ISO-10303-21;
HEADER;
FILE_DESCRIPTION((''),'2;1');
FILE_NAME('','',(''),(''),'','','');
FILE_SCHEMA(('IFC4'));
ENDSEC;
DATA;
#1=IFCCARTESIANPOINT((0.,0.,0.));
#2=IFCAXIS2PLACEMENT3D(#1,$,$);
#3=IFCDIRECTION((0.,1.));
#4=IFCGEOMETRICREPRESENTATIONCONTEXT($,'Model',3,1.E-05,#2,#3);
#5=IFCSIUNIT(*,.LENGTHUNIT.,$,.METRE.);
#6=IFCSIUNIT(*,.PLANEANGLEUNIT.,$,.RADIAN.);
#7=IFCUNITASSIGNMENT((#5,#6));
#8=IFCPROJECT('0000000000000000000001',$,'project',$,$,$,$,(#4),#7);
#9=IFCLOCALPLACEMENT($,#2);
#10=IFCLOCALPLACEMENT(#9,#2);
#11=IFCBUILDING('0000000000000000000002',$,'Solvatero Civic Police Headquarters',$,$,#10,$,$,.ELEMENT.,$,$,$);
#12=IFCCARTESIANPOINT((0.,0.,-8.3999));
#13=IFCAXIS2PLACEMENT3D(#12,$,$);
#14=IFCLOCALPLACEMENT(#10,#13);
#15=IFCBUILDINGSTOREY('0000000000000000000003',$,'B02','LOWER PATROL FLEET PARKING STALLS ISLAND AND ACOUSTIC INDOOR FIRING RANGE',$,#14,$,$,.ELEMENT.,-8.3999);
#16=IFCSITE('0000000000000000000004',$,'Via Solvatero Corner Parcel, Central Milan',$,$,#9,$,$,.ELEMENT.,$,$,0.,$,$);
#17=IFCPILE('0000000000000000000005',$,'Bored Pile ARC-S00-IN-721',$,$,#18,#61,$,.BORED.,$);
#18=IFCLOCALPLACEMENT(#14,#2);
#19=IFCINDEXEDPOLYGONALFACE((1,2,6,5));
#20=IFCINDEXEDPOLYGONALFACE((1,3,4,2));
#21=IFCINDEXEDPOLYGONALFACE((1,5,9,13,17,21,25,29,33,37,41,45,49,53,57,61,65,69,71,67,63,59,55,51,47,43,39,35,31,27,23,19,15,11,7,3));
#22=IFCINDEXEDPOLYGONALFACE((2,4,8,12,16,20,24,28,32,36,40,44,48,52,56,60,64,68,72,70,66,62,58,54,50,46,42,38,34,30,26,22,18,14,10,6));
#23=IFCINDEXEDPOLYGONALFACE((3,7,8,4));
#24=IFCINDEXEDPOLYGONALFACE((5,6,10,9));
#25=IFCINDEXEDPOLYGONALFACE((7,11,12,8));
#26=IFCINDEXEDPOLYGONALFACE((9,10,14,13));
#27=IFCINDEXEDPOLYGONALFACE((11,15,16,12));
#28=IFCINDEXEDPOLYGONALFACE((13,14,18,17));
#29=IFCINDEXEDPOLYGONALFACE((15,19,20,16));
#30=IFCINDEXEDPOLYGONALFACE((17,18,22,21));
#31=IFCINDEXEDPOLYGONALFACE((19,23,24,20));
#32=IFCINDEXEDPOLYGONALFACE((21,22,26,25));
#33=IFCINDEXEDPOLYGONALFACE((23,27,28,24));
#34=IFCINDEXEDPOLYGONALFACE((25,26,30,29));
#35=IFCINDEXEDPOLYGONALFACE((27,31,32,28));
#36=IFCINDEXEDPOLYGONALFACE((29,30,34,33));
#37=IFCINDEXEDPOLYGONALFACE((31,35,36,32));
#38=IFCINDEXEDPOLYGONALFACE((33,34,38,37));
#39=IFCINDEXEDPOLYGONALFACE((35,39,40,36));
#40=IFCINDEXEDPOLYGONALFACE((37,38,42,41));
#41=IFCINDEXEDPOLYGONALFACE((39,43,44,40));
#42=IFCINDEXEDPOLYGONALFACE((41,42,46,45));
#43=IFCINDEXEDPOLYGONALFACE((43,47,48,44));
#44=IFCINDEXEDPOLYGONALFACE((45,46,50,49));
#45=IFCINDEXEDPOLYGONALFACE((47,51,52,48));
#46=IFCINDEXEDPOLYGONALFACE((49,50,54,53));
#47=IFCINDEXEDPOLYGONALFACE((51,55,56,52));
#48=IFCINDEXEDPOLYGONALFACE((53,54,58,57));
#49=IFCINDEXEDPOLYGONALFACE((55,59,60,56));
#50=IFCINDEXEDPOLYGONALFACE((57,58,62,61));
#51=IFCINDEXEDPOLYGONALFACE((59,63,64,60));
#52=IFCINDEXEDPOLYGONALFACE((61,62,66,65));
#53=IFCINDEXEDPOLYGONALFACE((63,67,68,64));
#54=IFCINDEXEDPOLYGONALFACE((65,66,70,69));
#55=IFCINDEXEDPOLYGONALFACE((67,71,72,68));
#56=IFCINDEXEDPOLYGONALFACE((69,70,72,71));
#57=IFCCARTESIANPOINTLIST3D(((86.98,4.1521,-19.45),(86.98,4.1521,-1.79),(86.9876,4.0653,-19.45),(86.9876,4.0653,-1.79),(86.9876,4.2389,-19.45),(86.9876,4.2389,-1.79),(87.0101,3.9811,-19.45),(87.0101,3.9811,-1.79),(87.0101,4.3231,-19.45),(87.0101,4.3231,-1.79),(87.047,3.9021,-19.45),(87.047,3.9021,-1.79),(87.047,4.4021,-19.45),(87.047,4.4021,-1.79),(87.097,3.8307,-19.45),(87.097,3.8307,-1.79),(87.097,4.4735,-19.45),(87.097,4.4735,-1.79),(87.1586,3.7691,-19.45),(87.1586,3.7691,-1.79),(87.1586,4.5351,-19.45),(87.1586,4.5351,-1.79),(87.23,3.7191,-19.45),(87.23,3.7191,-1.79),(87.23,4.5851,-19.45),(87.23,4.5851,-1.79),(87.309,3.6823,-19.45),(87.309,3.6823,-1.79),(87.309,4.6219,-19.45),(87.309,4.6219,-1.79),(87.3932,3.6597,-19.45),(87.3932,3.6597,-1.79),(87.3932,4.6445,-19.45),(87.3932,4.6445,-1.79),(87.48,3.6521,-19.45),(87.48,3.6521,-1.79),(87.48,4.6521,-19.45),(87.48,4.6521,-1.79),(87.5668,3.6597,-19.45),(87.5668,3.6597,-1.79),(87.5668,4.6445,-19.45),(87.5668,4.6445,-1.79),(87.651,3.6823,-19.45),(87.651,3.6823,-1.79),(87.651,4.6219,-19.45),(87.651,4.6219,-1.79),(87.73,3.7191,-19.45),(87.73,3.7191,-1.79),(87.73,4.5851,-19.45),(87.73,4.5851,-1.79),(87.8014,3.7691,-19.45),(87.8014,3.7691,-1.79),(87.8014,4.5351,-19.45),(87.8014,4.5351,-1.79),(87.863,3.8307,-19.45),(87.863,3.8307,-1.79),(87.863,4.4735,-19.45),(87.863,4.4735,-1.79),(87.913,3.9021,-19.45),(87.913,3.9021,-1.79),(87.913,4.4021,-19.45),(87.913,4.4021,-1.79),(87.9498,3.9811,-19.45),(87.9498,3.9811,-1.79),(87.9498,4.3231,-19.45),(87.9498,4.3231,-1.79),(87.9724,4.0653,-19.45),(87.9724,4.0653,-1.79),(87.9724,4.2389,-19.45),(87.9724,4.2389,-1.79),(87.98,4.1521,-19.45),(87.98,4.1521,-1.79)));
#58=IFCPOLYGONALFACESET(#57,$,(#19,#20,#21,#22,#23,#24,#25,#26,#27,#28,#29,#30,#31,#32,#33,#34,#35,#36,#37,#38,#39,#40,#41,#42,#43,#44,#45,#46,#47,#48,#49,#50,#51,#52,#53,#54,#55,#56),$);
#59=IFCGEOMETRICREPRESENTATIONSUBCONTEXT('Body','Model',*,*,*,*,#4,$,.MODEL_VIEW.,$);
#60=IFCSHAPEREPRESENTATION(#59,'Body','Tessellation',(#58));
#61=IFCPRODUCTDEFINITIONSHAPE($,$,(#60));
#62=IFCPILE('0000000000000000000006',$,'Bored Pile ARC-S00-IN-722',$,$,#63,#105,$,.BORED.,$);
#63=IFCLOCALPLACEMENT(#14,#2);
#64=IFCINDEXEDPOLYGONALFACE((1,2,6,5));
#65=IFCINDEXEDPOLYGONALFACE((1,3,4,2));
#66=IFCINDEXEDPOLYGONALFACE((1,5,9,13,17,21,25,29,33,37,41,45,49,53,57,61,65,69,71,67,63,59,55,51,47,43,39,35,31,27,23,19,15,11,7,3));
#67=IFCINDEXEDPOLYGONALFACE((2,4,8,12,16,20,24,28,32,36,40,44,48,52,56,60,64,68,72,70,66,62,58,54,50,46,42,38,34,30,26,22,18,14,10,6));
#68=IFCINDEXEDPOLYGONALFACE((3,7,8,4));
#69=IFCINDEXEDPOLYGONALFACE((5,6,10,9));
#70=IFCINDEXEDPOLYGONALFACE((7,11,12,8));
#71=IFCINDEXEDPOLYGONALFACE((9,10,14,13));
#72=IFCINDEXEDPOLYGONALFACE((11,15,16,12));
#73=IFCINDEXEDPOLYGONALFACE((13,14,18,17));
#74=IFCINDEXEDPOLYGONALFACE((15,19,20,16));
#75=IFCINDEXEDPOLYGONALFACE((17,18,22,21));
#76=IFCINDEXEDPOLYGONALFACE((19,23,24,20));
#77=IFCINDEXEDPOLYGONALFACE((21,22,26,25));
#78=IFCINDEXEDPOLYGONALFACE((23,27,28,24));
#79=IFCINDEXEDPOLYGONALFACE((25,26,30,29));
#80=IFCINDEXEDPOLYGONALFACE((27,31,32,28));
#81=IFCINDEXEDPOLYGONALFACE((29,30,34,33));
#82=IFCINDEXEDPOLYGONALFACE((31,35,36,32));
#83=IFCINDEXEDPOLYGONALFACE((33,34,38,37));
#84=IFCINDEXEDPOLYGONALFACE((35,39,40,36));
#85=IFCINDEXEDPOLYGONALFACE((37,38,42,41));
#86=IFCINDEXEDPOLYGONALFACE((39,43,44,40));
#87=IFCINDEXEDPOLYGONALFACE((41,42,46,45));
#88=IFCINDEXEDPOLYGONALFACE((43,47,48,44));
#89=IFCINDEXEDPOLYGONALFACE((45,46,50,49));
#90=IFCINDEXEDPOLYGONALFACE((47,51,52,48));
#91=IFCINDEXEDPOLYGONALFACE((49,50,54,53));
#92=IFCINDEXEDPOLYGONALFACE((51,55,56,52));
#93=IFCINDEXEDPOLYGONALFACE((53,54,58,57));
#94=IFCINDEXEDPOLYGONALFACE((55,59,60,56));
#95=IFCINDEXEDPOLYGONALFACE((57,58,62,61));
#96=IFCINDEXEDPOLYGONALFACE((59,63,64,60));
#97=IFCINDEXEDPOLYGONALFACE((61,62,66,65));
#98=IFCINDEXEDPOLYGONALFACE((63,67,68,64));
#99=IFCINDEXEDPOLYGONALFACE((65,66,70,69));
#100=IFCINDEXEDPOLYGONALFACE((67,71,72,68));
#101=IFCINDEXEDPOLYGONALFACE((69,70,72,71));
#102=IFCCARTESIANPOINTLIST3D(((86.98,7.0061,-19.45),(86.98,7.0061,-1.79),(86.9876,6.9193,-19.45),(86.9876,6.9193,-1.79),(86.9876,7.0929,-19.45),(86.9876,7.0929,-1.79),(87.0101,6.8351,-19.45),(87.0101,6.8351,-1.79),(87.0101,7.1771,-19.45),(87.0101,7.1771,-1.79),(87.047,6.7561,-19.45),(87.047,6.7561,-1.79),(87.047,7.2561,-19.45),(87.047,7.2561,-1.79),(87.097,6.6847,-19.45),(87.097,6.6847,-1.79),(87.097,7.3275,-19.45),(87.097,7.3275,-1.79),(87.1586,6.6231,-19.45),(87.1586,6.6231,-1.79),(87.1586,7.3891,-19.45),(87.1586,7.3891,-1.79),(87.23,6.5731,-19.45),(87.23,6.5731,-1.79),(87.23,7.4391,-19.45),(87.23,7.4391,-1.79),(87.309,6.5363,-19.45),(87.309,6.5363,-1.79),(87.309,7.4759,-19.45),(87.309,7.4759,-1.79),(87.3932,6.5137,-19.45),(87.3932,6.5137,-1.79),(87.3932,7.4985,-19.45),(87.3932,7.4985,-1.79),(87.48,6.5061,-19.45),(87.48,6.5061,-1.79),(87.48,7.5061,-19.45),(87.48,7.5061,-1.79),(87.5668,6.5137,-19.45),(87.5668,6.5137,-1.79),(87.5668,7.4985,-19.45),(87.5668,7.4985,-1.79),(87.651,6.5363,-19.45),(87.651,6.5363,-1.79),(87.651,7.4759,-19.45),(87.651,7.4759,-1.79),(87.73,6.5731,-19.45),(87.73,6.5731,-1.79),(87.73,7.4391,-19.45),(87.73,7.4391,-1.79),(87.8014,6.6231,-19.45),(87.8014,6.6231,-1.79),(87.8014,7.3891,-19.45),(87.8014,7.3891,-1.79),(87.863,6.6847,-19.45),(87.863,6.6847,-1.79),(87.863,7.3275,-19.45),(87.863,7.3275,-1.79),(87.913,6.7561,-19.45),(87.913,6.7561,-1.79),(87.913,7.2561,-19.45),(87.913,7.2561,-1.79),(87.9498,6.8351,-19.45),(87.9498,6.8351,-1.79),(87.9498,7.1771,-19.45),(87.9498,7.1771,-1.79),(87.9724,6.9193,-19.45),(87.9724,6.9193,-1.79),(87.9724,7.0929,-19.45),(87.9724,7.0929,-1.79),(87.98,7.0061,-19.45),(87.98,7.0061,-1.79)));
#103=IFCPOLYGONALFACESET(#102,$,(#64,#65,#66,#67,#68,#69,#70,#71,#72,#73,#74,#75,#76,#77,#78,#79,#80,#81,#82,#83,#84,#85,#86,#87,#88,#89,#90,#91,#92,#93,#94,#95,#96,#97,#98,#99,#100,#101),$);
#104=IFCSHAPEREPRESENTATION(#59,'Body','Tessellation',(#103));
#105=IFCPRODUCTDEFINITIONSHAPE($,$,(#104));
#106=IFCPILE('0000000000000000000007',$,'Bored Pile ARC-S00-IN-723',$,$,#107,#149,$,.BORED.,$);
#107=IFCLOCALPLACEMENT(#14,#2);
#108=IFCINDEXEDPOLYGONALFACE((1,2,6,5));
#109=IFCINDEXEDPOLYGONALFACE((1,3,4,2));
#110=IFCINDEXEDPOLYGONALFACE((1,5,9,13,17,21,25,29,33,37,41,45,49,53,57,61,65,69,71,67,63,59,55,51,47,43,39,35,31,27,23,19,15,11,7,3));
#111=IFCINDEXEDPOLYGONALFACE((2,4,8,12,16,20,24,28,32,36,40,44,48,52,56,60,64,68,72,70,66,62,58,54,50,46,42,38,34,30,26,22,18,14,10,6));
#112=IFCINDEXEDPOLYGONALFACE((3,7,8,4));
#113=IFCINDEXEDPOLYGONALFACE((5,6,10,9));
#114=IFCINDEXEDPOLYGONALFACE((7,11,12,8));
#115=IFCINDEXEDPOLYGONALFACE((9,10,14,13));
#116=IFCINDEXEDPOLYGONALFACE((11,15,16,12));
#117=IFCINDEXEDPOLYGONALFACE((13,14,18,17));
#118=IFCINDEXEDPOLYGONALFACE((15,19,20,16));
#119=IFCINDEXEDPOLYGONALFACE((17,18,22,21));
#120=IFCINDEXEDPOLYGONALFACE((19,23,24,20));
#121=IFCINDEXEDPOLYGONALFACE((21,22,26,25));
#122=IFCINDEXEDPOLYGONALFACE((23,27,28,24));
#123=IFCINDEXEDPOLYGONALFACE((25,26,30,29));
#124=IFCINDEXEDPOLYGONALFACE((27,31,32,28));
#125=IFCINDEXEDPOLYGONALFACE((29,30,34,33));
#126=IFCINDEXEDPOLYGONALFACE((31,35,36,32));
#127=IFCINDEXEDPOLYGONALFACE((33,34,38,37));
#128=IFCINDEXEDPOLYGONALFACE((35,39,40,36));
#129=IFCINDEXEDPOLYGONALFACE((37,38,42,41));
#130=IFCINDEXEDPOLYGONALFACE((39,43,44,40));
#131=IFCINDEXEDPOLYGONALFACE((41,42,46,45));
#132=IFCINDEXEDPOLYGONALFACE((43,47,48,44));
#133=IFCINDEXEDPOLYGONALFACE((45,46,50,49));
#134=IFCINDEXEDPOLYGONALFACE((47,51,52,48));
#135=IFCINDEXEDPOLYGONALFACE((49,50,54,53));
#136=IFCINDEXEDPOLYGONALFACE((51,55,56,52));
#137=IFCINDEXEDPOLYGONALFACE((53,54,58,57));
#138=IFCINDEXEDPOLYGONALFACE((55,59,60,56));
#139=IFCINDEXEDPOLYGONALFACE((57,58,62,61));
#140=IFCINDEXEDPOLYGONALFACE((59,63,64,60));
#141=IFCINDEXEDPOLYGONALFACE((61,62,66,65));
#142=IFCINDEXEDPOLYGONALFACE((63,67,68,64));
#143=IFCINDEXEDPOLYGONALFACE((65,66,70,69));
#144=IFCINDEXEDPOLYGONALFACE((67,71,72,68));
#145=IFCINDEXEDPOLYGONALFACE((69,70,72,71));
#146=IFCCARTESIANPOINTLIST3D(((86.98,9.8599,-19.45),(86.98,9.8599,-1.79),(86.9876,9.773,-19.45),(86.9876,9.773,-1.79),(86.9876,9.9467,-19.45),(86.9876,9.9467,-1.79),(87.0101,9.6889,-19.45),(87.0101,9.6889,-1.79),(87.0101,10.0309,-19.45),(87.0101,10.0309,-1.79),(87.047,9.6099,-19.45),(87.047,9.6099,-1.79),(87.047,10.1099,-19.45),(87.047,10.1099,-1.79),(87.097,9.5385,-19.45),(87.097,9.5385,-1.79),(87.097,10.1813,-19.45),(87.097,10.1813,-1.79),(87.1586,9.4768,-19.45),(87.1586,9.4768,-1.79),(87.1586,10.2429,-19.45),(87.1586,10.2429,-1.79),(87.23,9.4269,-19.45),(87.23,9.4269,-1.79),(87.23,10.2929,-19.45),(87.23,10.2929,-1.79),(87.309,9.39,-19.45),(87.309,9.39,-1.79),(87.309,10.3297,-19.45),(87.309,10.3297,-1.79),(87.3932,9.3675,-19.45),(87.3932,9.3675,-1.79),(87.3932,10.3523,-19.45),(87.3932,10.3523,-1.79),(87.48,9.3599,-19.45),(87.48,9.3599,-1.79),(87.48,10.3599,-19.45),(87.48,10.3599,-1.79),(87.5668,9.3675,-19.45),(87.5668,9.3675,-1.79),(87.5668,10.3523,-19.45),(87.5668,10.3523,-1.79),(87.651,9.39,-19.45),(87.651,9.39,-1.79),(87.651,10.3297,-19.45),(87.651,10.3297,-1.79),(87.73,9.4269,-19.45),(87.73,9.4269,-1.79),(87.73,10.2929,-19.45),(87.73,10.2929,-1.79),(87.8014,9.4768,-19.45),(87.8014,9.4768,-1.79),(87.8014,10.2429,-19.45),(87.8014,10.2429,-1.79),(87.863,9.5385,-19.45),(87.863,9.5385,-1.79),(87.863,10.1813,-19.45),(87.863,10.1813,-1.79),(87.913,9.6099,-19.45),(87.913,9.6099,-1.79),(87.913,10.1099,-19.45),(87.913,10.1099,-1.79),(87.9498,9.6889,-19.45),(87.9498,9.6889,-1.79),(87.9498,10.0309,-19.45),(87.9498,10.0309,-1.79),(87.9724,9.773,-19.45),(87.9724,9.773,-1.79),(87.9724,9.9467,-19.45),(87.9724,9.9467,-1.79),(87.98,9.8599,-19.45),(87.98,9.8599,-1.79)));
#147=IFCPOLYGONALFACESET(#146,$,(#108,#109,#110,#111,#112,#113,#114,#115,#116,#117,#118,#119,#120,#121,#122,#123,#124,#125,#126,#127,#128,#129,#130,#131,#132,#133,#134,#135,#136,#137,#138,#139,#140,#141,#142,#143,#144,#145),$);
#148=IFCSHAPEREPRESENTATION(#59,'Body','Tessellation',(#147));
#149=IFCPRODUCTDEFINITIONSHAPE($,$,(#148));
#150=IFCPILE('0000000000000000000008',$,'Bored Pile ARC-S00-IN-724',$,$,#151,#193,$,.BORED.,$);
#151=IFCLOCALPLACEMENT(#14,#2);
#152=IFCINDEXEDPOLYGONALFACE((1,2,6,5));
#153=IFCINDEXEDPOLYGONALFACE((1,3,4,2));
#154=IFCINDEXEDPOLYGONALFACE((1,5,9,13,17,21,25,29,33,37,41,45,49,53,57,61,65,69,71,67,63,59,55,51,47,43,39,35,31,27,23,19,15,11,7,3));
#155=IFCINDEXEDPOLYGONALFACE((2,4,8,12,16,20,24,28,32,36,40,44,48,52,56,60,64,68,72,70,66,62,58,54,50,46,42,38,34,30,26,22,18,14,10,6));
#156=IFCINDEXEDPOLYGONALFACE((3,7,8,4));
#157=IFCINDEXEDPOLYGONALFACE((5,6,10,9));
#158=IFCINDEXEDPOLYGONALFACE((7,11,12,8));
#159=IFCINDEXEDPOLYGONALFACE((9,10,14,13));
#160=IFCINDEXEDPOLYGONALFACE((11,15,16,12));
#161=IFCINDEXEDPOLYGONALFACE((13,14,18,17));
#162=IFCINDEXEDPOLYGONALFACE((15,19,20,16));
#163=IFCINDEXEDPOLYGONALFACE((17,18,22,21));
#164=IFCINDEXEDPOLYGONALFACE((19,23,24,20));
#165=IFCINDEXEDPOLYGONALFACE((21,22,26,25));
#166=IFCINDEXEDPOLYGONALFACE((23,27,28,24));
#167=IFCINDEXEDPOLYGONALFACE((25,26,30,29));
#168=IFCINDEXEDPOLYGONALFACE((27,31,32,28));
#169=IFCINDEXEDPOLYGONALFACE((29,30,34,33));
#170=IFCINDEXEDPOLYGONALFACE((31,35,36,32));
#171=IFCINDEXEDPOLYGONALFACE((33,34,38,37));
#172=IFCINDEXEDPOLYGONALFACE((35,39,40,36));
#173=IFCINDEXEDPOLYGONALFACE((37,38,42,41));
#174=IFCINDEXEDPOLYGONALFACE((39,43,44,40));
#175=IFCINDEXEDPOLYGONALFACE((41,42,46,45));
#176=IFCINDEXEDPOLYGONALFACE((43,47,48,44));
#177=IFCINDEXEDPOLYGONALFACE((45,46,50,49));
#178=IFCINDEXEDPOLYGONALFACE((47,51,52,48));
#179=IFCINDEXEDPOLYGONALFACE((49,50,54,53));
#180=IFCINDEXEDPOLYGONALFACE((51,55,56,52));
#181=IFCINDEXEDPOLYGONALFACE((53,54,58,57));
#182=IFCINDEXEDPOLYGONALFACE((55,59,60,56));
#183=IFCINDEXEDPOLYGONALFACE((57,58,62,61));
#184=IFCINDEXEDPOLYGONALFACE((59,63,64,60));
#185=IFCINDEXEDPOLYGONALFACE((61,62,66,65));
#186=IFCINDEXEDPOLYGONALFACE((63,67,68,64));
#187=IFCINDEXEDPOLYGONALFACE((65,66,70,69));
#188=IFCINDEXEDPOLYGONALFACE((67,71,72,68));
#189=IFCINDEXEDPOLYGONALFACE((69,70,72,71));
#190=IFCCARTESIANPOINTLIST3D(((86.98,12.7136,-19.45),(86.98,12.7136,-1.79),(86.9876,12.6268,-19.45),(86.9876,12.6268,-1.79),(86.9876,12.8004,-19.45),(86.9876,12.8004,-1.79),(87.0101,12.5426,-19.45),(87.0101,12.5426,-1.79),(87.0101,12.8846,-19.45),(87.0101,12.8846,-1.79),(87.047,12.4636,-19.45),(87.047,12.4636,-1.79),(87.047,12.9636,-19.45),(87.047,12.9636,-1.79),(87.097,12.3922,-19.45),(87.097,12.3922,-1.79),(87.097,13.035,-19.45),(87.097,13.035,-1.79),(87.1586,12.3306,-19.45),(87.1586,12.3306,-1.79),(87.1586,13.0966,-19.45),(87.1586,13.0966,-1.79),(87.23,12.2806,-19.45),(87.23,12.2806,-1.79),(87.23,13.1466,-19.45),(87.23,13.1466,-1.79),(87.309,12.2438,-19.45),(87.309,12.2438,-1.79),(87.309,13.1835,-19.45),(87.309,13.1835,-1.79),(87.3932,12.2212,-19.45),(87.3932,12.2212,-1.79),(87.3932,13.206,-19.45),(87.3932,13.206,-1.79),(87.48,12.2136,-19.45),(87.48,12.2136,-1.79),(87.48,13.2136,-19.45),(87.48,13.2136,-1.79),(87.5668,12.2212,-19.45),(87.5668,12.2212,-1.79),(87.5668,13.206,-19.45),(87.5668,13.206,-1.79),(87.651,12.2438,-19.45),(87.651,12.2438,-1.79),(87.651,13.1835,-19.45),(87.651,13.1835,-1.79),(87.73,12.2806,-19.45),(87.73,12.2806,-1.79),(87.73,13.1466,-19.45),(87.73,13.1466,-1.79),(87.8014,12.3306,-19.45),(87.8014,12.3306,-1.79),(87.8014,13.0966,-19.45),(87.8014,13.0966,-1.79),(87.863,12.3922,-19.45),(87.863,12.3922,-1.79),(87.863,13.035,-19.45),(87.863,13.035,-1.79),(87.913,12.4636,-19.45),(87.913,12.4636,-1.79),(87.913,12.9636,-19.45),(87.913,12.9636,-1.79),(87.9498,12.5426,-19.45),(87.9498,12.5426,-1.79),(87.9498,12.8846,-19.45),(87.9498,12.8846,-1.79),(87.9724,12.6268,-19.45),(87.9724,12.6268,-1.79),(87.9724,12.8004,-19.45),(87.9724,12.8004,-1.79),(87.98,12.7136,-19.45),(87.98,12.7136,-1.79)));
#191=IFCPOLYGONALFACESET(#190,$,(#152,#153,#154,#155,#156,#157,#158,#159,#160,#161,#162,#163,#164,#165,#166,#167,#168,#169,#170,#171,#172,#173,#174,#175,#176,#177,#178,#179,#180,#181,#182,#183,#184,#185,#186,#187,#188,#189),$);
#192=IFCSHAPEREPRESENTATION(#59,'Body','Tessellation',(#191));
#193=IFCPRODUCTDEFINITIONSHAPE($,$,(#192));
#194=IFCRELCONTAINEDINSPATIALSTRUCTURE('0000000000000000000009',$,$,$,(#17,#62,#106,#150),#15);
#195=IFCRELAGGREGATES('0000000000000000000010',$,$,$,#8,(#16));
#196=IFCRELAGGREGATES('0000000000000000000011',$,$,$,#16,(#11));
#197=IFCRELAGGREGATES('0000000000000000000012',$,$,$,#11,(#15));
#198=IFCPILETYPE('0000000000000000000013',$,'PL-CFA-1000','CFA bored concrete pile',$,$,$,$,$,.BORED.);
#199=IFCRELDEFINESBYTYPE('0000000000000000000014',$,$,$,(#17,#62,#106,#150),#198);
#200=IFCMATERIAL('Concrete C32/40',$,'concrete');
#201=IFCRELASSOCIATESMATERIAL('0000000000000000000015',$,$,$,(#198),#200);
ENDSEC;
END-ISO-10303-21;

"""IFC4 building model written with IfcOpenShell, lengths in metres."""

from ifc_helpers import new_model, si_unit, direction, frame, origin, origin_2d, place, context, subcontext, project, spatial, circle, extrude, material, material_profile, profile_set, type_object, element, save


model = new_model("IFC4")

# Units and contexts
model_context = context("Model", 3, precision=1e-05, world=origin(), true_north=direction((0.0, 1.0)))
body_context = subcontext(model_context, "Body", "Model", "MODEL_VIEW")
ifc_project = project(units=[si_unit("LENGTHUNIT", "METRE"), si_unit("PLANEANGLEUNIT", "RADIAN")], contexts=[model_context])

# Site, building, storey
site_placement = place(None, origin())
site = spatial("IfcSite", under=ifc_project, at=site_placement, Name="Via Solvatero Corner Parcel, Central Milan", CompositionType="ELEMENT", RefElevation=0.0)
building_placement = place(site_placement, origin())
building = spatial("IfcBuilding", under=site, at=building_placement, Name="Solvatero Civic Police Headquarters", CompositionType="ELEMENT")
storey_placement = place(building_placement, frame((0.0, 0.0, -8.3999)))
storey = spatial("IfcBuildingStorey", under=building, at=storey_placement, Name="B02", Description="LOWER PATROL FLEET PARKING STALLS ISLAND AND ACOUSTIC INDOOR FIRING RANGE", CompositionType="ELEMENT", Elevation=-8.3999)

# Piles
ifc_material_1 = material(Name="Concrete C32/40", Category="concrete")
ifc_material_profile_1 = material_profile(ifc_material_1, circle(Radius=0.5, at=origin_2d()), Name="CFA PILE D1000")
ifc_profile_set_1 = profile_set([ifc_material_profile_1], Name="Concrete C32/40")
pile_type = type_object("IfcPileType", Name="PL-CFA-1000", Description="CFA bored concrete pile", PredefinedType="BORED", material=ifc_profile_set_1)
for number, where, z_axis, x_axis, name in (
    (1, (87.48, 4.1521, -1.79), (0.0, 0.0, -1.0), (1.0, 0.0, 0.0), "Bored Pile ARC-S00-IN-721"),
    (2, (87.48, 7.0061, -1.79), (0.0, 0.0, -1.0), (1.0, 0.0, 0.0), "Bored Pile ARC-S00-IN-722"),
    (3, (87.48, 9.8599, -1.79), (0.0, 0.0, -1.0), (1.0, 0.0, 0.0), "Bored Pile ARC-S00-IN-723"),
    (4, (87.48, 12.7136, -1.79), (0.0, 0.0, -1.0), (1.0, 0.0, 0.0), "Bored Pile ARC-S00-IN-724"),
):
    element("IfcPile", number, at=place(storey_placement, frame(where, z_axis=z_axis, x_axis=x_axis)), inside=storey, type_object=pile_type, Name=name, PredefinedType="BORED", context=body_context, shape_type="SweptSolid", body=[
        extrude(circle(Radius=0.5, at=origin_2d()), origin(), (0.0, 0.0, 1.0), 17.6599),
    ])

save(model, "model.ifc")
